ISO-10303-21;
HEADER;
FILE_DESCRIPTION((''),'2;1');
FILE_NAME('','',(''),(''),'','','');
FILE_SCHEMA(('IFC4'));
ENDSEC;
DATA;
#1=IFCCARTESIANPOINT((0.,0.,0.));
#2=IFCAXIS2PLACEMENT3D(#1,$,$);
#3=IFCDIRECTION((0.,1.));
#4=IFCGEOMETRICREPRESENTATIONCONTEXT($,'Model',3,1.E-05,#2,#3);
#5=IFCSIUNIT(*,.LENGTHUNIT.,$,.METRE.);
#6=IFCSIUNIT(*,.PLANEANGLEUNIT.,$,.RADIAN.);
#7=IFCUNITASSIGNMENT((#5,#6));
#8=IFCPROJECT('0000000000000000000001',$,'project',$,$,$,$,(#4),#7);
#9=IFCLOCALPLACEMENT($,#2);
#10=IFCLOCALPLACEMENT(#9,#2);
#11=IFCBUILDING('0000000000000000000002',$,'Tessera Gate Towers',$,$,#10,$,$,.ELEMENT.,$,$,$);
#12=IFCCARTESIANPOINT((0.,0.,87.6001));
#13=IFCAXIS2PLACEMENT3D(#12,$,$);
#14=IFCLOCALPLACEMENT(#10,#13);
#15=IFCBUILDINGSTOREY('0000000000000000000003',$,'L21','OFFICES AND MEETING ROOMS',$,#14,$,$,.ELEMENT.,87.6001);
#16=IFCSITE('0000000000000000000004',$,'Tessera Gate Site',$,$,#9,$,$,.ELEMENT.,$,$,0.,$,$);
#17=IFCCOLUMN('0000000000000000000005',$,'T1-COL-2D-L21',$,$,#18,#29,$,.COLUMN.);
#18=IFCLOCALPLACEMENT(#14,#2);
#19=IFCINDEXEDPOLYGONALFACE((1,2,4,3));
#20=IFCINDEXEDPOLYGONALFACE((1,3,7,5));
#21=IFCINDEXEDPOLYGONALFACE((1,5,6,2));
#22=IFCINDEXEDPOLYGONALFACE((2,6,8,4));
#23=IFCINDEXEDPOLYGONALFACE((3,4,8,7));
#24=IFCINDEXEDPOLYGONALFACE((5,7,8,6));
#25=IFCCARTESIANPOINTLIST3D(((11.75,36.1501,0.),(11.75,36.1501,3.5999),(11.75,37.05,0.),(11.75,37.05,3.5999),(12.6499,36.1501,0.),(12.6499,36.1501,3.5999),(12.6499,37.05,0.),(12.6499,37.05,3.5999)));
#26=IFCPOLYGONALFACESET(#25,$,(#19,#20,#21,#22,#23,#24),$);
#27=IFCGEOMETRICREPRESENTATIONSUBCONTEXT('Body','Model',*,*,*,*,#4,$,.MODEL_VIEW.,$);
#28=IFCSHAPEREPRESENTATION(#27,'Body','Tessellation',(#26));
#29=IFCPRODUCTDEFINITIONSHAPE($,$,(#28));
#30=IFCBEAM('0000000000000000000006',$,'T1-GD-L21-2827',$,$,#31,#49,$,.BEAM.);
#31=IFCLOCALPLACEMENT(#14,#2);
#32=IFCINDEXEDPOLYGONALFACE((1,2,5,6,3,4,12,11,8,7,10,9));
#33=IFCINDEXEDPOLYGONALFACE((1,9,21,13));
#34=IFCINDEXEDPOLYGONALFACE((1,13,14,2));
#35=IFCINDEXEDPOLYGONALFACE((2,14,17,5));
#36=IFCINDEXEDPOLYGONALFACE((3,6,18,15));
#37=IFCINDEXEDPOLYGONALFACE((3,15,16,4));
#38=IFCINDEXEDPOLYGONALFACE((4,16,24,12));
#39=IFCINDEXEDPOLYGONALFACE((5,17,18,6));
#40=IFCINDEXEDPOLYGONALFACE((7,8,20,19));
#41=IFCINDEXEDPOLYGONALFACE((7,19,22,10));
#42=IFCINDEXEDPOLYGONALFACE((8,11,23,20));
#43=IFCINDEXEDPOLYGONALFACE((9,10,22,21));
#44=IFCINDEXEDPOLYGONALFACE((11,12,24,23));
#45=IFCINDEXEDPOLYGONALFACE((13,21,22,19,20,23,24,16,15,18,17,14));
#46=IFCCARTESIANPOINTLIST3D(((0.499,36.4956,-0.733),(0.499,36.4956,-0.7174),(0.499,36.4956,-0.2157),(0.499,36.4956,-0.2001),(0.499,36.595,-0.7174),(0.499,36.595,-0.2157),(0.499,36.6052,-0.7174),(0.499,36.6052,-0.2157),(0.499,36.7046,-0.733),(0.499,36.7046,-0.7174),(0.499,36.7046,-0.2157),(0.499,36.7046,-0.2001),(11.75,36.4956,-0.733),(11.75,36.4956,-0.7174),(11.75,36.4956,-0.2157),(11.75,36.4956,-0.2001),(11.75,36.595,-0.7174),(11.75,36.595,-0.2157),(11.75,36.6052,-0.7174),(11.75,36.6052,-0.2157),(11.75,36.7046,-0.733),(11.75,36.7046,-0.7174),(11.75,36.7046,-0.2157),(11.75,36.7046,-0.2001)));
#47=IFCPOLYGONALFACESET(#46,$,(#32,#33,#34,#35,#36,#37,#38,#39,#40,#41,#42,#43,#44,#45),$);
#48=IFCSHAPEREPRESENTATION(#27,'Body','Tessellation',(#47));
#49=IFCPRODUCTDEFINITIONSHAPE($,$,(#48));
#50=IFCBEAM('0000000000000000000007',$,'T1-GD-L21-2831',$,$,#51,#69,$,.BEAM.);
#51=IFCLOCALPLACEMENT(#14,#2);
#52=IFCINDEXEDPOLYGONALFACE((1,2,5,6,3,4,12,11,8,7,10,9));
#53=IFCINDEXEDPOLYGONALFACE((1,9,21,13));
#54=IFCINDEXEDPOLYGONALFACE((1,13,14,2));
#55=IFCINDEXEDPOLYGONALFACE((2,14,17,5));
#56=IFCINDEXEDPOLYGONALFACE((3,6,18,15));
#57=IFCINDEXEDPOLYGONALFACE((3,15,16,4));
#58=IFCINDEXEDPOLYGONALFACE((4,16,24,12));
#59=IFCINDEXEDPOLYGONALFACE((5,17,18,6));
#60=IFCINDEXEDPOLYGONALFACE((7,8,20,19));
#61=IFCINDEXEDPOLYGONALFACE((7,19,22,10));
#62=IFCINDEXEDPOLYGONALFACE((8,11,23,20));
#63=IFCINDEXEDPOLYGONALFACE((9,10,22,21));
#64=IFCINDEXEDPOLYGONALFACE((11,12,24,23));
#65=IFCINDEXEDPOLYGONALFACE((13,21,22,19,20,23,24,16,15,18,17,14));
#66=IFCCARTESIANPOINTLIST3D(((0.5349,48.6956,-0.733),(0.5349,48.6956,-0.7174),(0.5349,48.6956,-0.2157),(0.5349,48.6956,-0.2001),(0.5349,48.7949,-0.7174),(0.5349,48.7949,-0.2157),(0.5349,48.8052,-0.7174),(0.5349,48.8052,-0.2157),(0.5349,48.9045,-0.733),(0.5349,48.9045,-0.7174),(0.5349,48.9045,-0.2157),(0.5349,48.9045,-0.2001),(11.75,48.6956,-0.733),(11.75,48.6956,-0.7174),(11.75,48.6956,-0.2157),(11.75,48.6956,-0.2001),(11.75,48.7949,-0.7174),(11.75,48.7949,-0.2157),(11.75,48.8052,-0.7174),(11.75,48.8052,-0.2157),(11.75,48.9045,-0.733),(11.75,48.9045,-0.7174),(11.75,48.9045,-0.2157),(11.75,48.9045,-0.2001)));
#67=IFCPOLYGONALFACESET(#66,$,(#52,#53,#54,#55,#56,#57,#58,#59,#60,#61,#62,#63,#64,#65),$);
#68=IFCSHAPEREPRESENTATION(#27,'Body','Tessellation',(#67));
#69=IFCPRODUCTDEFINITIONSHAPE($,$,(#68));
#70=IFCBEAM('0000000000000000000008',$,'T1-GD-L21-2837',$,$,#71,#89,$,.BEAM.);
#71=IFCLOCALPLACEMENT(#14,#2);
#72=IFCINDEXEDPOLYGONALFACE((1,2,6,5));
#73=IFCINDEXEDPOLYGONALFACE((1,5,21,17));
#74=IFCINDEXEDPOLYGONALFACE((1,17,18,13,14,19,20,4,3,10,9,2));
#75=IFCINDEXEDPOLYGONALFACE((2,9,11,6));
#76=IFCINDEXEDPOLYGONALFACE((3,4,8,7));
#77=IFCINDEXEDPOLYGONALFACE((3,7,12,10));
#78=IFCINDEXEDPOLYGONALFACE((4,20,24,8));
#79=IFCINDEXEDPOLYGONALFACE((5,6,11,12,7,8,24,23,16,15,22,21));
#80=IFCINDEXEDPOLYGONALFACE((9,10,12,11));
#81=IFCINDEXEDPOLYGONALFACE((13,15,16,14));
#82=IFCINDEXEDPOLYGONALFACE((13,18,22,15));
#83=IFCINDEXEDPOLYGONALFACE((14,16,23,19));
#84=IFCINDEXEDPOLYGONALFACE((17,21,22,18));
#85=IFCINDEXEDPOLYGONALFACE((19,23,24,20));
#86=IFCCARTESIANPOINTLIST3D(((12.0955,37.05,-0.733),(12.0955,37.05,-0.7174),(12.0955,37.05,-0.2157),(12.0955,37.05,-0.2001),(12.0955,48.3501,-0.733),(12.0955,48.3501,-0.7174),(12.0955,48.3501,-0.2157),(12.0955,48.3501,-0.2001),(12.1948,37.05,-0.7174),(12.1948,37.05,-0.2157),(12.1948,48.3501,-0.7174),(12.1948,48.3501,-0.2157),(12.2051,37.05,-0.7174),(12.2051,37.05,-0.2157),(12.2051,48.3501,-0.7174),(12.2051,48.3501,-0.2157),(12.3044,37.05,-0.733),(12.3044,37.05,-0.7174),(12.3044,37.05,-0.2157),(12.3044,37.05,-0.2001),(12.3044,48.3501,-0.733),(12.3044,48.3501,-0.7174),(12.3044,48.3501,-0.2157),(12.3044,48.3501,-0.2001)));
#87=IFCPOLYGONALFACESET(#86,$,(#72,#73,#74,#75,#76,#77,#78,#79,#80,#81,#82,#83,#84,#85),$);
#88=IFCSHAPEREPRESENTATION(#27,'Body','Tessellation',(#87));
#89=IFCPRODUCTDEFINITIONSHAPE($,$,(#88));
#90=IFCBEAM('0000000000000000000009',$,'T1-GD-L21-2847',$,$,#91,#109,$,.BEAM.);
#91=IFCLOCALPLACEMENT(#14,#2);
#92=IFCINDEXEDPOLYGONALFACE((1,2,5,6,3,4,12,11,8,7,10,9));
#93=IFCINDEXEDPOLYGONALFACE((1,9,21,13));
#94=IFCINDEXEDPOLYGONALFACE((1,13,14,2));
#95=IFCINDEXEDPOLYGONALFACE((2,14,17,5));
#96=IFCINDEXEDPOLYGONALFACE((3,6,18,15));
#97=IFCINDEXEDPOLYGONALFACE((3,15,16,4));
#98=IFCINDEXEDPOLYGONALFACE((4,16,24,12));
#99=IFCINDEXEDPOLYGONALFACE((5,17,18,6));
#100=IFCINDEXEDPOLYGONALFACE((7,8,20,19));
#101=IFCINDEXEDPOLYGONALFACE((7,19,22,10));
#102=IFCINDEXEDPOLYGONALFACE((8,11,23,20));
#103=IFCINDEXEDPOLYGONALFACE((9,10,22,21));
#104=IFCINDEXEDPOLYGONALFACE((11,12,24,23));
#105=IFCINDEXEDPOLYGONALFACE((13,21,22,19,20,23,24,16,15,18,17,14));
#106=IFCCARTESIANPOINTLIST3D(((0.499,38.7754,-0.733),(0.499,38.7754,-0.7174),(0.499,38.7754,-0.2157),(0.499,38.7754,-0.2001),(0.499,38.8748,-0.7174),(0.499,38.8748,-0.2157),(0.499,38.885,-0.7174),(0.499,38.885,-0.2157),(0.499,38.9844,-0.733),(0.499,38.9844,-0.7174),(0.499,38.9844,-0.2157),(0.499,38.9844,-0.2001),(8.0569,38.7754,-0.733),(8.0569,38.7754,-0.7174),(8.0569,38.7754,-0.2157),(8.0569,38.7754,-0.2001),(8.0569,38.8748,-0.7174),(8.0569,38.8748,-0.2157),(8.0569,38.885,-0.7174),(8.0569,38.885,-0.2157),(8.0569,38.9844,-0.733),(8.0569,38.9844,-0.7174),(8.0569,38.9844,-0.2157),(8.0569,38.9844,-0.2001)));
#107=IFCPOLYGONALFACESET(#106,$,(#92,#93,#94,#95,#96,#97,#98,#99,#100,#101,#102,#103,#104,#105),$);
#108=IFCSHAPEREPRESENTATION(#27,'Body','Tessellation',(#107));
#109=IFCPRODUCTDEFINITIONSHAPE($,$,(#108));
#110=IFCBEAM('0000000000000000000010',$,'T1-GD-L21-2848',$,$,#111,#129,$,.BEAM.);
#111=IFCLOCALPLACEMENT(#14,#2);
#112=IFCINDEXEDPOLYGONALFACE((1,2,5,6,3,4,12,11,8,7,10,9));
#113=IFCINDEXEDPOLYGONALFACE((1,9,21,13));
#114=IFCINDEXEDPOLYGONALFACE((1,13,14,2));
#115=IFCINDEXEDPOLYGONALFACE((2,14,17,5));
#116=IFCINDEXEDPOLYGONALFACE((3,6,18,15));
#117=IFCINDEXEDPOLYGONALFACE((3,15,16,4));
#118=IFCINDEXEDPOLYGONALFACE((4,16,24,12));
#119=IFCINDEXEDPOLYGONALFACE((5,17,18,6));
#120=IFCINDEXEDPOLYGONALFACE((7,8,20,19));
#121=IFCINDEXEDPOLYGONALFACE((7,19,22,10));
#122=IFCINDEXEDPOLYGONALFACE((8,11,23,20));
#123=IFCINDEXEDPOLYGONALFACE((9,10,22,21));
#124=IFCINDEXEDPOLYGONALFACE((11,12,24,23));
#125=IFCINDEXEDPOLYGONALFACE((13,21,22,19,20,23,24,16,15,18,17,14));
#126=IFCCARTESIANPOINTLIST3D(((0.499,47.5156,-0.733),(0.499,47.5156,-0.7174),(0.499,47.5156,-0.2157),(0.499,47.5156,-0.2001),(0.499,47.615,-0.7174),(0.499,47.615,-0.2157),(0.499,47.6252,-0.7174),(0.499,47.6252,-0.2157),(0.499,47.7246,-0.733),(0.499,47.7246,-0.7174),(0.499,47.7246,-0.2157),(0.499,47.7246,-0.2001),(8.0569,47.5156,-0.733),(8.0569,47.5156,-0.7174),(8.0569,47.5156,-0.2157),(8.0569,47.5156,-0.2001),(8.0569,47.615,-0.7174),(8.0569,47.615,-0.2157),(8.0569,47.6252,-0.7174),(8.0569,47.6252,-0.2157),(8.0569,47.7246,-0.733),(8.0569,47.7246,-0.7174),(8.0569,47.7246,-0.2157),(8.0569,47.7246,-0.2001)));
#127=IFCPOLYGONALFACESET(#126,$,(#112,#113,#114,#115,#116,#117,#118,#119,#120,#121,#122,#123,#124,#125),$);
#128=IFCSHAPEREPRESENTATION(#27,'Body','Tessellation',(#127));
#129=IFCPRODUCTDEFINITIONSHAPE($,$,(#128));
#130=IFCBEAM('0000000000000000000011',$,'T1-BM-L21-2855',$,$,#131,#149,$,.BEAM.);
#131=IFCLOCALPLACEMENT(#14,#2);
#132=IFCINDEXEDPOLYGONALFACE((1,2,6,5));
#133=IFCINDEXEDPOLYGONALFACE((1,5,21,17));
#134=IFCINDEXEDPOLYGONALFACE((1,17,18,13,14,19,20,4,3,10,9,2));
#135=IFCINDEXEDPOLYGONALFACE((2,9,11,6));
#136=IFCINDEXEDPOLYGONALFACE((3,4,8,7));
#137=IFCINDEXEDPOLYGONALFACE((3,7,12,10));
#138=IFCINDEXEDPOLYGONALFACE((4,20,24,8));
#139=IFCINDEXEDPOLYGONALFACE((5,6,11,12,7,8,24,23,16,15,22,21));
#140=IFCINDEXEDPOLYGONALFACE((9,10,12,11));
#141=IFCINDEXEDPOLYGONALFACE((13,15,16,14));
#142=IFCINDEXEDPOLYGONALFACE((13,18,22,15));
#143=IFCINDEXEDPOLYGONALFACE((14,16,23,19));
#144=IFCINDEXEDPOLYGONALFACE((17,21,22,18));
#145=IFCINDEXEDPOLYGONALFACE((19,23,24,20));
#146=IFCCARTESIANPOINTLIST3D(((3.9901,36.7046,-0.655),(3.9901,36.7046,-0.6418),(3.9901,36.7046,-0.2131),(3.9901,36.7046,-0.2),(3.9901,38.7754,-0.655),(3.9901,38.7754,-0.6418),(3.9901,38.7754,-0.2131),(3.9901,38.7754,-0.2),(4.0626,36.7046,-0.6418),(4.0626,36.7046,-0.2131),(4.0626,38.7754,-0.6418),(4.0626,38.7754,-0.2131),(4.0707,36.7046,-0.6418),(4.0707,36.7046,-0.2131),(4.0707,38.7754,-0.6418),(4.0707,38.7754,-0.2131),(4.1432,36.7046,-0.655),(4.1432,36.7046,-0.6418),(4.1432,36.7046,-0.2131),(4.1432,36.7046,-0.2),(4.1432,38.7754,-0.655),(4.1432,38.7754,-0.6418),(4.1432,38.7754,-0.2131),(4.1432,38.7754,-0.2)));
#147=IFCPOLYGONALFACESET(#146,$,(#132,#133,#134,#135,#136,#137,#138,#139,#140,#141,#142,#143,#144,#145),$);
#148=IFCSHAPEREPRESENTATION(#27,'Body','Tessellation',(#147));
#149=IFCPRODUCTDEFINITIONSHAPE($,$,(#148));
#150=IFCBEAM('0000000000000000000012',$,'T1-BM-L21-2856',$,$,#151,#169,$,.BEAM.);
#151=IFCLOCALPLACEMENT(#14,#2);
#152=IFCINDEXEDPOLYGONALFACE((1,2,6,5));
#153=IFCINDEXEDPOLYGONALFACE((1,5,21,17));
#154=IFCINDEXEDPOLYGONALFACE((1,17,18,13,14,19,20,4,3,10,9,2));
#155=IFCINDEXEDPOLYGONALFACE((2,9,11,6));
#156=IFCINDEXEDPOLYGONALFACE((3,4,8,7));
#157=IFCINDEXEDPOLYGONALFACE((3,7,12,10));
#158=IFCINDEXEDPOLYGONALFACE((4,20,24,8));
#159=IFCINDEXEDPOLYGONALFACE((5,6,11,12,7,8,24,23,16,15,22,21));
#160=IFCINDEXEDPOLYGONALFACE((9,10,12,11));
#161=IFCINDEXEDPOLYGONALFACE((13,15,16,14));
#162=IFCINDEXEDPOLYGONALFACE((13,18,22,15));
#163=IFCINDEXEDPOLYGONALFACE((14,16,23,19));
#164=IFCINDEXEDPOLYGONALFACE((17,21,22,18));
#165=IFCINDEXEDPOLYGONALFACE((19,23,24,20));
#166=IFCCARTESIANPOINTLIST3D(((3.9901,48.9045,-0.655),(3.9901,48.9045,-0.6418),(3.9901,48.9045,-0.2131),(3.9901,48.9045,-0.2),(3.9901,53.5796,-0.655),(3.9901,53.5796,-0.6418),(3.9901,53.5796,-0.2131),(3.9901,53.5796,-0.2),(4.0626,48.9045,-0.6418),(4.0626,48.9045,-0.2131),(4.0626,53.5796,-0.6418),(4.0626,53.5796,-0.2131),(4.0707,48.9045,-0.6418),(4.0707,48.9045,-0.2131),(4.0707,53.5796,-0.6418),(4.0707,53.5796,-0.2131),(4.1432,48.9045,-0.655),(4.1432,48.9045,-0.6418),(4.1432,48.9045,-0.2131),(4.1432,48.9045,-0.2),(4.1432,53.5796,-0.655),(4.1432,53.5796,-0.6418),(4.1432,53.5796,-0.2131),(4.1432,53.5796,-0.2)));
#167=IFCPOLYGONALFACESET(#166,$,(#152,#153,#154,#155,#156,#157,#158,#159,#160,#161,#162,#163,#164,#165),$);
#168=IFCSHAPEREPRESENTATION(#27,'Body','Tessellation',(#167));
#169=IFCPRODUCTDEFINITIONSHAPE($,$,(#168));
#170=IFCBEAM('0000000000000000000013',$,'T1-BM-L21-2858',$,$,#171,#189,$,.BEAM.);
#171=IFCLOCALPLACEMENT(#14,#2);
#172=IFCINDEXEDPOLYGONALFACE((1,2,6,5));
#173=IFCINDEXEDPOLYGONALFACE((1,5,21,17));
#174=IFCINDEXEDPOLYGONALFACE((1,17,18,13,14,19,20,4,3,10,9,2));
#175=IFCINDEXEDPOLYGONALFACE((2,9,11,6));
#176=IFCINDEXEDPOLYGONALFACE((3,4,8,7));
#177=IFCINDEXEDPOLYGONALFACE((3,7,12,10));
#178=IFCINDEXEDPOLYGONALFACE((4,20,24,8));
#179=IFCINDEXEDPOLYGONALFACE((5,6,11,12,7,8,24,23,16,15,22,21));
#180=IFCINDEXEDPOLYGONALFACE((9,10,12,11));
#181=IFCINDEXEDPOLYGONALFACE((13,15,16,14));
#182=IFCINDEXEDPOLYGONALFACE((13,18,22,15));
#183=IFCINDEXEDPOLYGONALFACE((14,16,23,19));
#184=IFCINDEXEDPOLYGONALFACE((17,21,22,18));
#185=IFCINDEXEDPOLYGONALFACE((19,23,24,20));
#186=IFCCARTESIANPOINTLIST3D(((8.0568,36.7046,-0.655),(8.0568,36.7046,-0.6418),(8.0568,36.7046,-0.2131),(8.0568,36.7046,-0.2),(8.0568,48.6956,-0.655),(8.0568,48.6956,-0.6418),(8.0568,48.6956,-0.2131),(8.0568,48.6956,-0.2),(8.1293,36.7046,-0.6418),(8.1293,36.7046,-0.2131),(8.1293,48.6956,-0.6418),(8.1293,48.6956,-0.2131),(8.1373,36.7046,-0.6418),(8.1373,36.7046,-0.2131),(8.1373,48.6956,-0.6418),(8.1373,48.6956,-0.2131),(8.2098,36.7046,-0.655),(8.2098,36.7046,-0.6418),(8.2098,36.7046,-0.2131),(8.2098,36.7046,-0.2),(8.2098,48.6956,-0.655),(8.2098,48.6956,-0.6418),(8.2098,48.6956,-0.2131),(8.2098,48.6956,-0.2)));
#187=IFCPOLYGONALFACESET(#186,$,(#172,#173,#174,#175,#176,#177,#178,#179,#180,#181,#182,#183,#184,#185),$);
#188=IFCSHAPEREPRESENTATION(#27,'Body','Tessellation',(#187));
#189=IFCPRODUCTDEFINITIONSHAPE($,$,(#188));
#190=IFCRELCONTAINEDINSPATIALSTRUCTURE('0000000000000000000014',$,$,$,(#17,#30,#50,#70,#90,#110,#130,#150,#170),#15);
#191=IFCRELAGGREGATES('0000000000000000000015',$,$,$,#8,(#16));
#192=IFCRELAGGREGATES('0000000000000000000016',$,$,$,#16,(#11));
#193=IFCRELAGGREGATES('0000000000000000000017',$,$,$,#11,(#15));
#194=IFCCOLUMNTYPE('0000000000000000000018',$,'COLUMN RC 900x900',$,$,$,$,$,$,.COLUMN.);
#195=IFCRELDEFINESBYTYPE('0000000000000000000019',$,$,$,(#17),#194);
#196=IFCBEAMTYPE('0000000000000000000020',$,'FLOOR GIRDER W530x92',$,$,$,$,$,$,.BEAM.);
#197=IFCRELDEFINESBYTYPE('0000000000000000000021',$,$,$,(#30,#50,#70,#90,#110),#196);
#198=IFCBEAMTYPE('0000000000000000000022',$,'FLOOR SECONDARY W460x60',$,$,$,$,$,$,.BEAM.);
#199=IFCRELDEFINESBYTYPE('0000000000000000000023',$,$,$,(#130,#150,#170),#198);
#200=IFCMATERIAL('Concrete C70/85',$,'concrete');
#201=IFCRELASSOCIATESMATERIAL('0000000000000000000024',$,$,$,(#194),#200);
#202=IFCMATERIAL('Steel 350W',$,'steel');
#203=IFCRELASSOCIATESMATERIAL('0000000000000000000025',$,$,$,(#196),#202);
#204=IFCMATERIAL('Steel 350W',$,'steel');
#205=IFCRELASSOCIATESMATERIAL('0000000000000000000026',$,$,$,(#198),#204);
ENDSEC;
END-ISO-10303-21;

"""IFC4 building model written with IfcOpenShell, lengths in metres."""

from ifc_helpers import new_model, si_unit, direction, frame, origin, origin_2d, place, context, subcontext, project, spatial, rectangle, i_section, extrude, material, material_profile, profile_set, type_object, element, save


model = new_model("IFC4")

# Units and contexts
model_context = context("Model", 3, precision=1e-05, world=origin(), true_north=direction((0.0, 1.0)))
body_context = subcontext(model_context, "Body", "Model", "MODEL_VIEW")
ifc_project = project(units=[si_unit("LENGTHUNIT", "METRE"), si_unit("PLANEANGLEUNIT", "RADIAN")], contexts=[model_context])

# Site, building, storey
site_placement = place(None, origin())
site = spatial("IfcSite", under=ifc_project, at=site_placement, Name="Tessera Gate Site", CompositionType="ELEMENT", RefElevation=0.0)
building_placement = place(site_placement, origin())
building = spatial("IfcBuilding", under=site, at=building_placement, Name="Tessera Gate Towers", CompositionType="ELEMENT")
storey_placement = place(building_placement, frame((0.0, 0.0, 87.6001)))
storey = spatial("IfcBuildingStorey", under=building, at=storey_placement, Name="L21", Description="OFFICES AND MEETING ROOMS", CompositionType="ELEMENT", Elevation=87.6001)

# Column
ifc_material_1 = material(Name="Concrete C70/85", Category="concrete")
ifc_material_profile_1 = material_profile(ifc_material_1, rectangle(XDim=0.8999, YDim=0.8999, at=origin_2d()), Name="RC 900x900")
ifc_profile_set_1 = profile_set([ifc_material_profile_1], Name="Concrete C70/85")
column_type = type_object("IfcColumnType", Name="COLUMN RC 900x900", PredefinedType="COLUMN", material=ifc_profile_set_1)
column_placement = place(storey_placement, frame((12.2, 36.6001, 0.0), z_axis=(0.0, 0.0, 1.0), x_axis=(1.0, 0.0, 0.0)))
element("IfcColumn", 1, at=column_placement, inside=storey, type_object=column_type, Name="T1-COL-2D-L21", PredefinedType="COLUMN", context=body_context, shape_type="SweptSolid", body=[
    extrude(rectangle(XDim=0.8999, YDim=0.8999, at=origin_2d()), origin(), (0.0, 0.0, 1.0), 3.5999),
])

# Beams
ifc_material_2 = material(Name="Steel 350W", Category="steel")
ifc_material_profile_2 = material_profile(ifc_material_2, i_section(OverallWidth=0.209, OverallDepth=0.533, WebThickness=0.0103, FlangeThickness=0.0156, at=origin_2d()), Name="W530x92")
ifc_profile_set_2 = profile_set([ifc_material_profile_2], Name="Steel 350W")
beam_type_1 = type_object("IfcBeamType", Name="FLOOR GIRDER W530x92", PredefinedType="BEAM", material=ifc_profile_set_2)
beam_1_placement = place(storey_placement, frame((0.499, 36.6001, -0.4666), z_axis=(1.0, 0.0, 0.0), x_axis=(0.0, 1.0, 0.0)))
element("IfcBeam", 2, at=beam_1_placement, inside=storey, type_object=beam_type_1, Name="T1-GD-L21-2827", PredefinedType="BEAM", context=body_context, shape_type="SweptSolid", body=[
    extrude(i_section(OverallWidth=0.209, OverallDepth=0.533, WebThickness=0.0103, FlangeThickness=0.0156, at=origin_2d()), origin(), (0.0, 0.0, 1.0), 11.251),
])
beam_2_placement = place(storey_placement, frame((0.5349, 48.8, -0.4666), z_axis=(1.0, 0.0, 0.0), x_axis=(0.0, 1.0, 0.0)))
element("IfcBeam", 3, at=beam_2_placement, inside=storey, type_object=beam_type_1, Name="T1-GD-L21-2831", PredefinedType="BEAM", context=body_context, shape_type="SweptSolid", body=[
    extrude(i_section(OverallWidth=0.209, OverallDepth=0.533, WebThickness=0.0103, FlangeThickness=0.0156, at=origin_2d()), origin(), (0.0, 0.0, 1.0), 11.2151),
])
beam_3_placement = place(storey_placement, frame((12.2, 37.05, -0.4666), z_axis=(0.0, 1.0, 0.0), x_axis=(-1.0, 0.0, 0.0)))
element("IfcBeam", 4, at=beam_3_placement, inside=storey, type_object=beam_type_1, Name="T1-GD-L21-2837", PredefinedType="BEAM", context=body_context, shape_type="SweptSolid", body=[
    extrude(i_section(OverallWidth=0.209, OverallDepth=0.533, WebThickness=0.0103, FlangeThickness=0.0156, at=origin_2d()), origin(), (0.0, 0.0, 1.0), 11.3),
])
for number, where, z_axis, x_axis, name in (
    (5, (0.499, 38.8799, -0.4666), (1.0, 0.0, 0.0), (0.0, 1.0, 0.0), "T1-GD-L21-2847"),
    (6, (0.499, 47.6201, -0.4666), (1.0, 0.0, 0.0), (0.0, 1.0, 0.0), "T1-GD-L21-2848"),
):
    element("IfcBeam", number, at=place(storey_placement, frame(where, z_axis=z_axis, x_axis=x_axis)), inside=storey, type_object=beam_type_1, Name=name, PredefinedType="BEAM", context=body_context, shape_type="SweptSolid", body=[
        extrude(i_section(OverallWidth=0.209, OverallDepth=0.533, WebThickness=0.0103, FlangeThickness=0.0156, at=origin_2d()), origin(), (0.0, 0.0, 1.0), 7.5579),
    ])
ifc_material_3 = material(Name="Steel 350W", Category="steel")
ifc_material_profile_3 = material_profile(ifc_material_3, i_section(OverallWidth=0.1531, OverallDepth=0.4551, WebThickness=0.0081, FlangeThickness=0.0132, at=origin_2d()), Name="W460x60")
ifc_profile_set_3 = profile_set([ifc_material_profile_3], Name="Steel 350W")
beam_type_2 = type_object("IfcBeamType", Name="FLOOR SECONDARY W460x60", PredefinedType="BEAM", material=ifc_profile_set_3)
beam_4_placement = place(storey_placement, frame((4.0667, 36.7046, -0.4275), z_axis=(0.0, 1.0, 0.0), x_axis=(-1.0, 0.0, 0.0)))
element("IfcBeam", 7, at=beam_4_placement, inside=storey, type_object=beam_type_2, Name="T1-BM-L21-2855", PredefinedType="BEAM", context=body_context, shape_type="SweptSolid", body=[
    extrude(i_section(OverallWidth=0.1531, OverallDepth=0.4551, WebThickness=0.0081, FlangeThickness=0.0132, at=origin_2d()), origin(), (0.0, 0.0, 1.0), 2.0708),
])
beam_5_placement = place(storey_placement, frame((4.0667, 48.9045, -0.4275), z_axis=(0.0, 1.0, 0.0), x_axis=(-1.0, 0.0, 0.0)))
element("IfcBeam", 8, at=beam_5_placement, inside=storey, type_object=beam_type_2, Name="T1-BM-L21-2856", PredefinedType="BEAM", context=body_context, shape_type="SweptSolid", body=[
    extrude(i_section(OverallWidth=0.1531, OverallDepth=0.4551, WebThickness=0.0081, FlangeThickness=0.0132, at=origin_2d()), origin(), (0.0, 0.0, 1.0), 4.675),
])
beam_6_placement = place(storey_placement, frame((8.1333, 36.7046, -0.4275), z_axis=(0.0, 1.0, 0.0), x_axis=(-1.0, 0.0, 0.0)))
element("IfcBeam", 9, at=beam_6_placement, inside=storey, type_object=beam_type_2, Name="T1-BM-L21-2858", PredefinedType="BEAM", context=body_context, shape_type="SweptSolid", body=[
    extrude(i_section(OverallWidth=0.1531, OverallDepth=0.4551, WebThickness=0.0081, FlangeThickness=0.0132, at=origin_2d()), origin(), (0.0, 0.0, 1.0), 11.991),
])

save(model, "model.ifc")
